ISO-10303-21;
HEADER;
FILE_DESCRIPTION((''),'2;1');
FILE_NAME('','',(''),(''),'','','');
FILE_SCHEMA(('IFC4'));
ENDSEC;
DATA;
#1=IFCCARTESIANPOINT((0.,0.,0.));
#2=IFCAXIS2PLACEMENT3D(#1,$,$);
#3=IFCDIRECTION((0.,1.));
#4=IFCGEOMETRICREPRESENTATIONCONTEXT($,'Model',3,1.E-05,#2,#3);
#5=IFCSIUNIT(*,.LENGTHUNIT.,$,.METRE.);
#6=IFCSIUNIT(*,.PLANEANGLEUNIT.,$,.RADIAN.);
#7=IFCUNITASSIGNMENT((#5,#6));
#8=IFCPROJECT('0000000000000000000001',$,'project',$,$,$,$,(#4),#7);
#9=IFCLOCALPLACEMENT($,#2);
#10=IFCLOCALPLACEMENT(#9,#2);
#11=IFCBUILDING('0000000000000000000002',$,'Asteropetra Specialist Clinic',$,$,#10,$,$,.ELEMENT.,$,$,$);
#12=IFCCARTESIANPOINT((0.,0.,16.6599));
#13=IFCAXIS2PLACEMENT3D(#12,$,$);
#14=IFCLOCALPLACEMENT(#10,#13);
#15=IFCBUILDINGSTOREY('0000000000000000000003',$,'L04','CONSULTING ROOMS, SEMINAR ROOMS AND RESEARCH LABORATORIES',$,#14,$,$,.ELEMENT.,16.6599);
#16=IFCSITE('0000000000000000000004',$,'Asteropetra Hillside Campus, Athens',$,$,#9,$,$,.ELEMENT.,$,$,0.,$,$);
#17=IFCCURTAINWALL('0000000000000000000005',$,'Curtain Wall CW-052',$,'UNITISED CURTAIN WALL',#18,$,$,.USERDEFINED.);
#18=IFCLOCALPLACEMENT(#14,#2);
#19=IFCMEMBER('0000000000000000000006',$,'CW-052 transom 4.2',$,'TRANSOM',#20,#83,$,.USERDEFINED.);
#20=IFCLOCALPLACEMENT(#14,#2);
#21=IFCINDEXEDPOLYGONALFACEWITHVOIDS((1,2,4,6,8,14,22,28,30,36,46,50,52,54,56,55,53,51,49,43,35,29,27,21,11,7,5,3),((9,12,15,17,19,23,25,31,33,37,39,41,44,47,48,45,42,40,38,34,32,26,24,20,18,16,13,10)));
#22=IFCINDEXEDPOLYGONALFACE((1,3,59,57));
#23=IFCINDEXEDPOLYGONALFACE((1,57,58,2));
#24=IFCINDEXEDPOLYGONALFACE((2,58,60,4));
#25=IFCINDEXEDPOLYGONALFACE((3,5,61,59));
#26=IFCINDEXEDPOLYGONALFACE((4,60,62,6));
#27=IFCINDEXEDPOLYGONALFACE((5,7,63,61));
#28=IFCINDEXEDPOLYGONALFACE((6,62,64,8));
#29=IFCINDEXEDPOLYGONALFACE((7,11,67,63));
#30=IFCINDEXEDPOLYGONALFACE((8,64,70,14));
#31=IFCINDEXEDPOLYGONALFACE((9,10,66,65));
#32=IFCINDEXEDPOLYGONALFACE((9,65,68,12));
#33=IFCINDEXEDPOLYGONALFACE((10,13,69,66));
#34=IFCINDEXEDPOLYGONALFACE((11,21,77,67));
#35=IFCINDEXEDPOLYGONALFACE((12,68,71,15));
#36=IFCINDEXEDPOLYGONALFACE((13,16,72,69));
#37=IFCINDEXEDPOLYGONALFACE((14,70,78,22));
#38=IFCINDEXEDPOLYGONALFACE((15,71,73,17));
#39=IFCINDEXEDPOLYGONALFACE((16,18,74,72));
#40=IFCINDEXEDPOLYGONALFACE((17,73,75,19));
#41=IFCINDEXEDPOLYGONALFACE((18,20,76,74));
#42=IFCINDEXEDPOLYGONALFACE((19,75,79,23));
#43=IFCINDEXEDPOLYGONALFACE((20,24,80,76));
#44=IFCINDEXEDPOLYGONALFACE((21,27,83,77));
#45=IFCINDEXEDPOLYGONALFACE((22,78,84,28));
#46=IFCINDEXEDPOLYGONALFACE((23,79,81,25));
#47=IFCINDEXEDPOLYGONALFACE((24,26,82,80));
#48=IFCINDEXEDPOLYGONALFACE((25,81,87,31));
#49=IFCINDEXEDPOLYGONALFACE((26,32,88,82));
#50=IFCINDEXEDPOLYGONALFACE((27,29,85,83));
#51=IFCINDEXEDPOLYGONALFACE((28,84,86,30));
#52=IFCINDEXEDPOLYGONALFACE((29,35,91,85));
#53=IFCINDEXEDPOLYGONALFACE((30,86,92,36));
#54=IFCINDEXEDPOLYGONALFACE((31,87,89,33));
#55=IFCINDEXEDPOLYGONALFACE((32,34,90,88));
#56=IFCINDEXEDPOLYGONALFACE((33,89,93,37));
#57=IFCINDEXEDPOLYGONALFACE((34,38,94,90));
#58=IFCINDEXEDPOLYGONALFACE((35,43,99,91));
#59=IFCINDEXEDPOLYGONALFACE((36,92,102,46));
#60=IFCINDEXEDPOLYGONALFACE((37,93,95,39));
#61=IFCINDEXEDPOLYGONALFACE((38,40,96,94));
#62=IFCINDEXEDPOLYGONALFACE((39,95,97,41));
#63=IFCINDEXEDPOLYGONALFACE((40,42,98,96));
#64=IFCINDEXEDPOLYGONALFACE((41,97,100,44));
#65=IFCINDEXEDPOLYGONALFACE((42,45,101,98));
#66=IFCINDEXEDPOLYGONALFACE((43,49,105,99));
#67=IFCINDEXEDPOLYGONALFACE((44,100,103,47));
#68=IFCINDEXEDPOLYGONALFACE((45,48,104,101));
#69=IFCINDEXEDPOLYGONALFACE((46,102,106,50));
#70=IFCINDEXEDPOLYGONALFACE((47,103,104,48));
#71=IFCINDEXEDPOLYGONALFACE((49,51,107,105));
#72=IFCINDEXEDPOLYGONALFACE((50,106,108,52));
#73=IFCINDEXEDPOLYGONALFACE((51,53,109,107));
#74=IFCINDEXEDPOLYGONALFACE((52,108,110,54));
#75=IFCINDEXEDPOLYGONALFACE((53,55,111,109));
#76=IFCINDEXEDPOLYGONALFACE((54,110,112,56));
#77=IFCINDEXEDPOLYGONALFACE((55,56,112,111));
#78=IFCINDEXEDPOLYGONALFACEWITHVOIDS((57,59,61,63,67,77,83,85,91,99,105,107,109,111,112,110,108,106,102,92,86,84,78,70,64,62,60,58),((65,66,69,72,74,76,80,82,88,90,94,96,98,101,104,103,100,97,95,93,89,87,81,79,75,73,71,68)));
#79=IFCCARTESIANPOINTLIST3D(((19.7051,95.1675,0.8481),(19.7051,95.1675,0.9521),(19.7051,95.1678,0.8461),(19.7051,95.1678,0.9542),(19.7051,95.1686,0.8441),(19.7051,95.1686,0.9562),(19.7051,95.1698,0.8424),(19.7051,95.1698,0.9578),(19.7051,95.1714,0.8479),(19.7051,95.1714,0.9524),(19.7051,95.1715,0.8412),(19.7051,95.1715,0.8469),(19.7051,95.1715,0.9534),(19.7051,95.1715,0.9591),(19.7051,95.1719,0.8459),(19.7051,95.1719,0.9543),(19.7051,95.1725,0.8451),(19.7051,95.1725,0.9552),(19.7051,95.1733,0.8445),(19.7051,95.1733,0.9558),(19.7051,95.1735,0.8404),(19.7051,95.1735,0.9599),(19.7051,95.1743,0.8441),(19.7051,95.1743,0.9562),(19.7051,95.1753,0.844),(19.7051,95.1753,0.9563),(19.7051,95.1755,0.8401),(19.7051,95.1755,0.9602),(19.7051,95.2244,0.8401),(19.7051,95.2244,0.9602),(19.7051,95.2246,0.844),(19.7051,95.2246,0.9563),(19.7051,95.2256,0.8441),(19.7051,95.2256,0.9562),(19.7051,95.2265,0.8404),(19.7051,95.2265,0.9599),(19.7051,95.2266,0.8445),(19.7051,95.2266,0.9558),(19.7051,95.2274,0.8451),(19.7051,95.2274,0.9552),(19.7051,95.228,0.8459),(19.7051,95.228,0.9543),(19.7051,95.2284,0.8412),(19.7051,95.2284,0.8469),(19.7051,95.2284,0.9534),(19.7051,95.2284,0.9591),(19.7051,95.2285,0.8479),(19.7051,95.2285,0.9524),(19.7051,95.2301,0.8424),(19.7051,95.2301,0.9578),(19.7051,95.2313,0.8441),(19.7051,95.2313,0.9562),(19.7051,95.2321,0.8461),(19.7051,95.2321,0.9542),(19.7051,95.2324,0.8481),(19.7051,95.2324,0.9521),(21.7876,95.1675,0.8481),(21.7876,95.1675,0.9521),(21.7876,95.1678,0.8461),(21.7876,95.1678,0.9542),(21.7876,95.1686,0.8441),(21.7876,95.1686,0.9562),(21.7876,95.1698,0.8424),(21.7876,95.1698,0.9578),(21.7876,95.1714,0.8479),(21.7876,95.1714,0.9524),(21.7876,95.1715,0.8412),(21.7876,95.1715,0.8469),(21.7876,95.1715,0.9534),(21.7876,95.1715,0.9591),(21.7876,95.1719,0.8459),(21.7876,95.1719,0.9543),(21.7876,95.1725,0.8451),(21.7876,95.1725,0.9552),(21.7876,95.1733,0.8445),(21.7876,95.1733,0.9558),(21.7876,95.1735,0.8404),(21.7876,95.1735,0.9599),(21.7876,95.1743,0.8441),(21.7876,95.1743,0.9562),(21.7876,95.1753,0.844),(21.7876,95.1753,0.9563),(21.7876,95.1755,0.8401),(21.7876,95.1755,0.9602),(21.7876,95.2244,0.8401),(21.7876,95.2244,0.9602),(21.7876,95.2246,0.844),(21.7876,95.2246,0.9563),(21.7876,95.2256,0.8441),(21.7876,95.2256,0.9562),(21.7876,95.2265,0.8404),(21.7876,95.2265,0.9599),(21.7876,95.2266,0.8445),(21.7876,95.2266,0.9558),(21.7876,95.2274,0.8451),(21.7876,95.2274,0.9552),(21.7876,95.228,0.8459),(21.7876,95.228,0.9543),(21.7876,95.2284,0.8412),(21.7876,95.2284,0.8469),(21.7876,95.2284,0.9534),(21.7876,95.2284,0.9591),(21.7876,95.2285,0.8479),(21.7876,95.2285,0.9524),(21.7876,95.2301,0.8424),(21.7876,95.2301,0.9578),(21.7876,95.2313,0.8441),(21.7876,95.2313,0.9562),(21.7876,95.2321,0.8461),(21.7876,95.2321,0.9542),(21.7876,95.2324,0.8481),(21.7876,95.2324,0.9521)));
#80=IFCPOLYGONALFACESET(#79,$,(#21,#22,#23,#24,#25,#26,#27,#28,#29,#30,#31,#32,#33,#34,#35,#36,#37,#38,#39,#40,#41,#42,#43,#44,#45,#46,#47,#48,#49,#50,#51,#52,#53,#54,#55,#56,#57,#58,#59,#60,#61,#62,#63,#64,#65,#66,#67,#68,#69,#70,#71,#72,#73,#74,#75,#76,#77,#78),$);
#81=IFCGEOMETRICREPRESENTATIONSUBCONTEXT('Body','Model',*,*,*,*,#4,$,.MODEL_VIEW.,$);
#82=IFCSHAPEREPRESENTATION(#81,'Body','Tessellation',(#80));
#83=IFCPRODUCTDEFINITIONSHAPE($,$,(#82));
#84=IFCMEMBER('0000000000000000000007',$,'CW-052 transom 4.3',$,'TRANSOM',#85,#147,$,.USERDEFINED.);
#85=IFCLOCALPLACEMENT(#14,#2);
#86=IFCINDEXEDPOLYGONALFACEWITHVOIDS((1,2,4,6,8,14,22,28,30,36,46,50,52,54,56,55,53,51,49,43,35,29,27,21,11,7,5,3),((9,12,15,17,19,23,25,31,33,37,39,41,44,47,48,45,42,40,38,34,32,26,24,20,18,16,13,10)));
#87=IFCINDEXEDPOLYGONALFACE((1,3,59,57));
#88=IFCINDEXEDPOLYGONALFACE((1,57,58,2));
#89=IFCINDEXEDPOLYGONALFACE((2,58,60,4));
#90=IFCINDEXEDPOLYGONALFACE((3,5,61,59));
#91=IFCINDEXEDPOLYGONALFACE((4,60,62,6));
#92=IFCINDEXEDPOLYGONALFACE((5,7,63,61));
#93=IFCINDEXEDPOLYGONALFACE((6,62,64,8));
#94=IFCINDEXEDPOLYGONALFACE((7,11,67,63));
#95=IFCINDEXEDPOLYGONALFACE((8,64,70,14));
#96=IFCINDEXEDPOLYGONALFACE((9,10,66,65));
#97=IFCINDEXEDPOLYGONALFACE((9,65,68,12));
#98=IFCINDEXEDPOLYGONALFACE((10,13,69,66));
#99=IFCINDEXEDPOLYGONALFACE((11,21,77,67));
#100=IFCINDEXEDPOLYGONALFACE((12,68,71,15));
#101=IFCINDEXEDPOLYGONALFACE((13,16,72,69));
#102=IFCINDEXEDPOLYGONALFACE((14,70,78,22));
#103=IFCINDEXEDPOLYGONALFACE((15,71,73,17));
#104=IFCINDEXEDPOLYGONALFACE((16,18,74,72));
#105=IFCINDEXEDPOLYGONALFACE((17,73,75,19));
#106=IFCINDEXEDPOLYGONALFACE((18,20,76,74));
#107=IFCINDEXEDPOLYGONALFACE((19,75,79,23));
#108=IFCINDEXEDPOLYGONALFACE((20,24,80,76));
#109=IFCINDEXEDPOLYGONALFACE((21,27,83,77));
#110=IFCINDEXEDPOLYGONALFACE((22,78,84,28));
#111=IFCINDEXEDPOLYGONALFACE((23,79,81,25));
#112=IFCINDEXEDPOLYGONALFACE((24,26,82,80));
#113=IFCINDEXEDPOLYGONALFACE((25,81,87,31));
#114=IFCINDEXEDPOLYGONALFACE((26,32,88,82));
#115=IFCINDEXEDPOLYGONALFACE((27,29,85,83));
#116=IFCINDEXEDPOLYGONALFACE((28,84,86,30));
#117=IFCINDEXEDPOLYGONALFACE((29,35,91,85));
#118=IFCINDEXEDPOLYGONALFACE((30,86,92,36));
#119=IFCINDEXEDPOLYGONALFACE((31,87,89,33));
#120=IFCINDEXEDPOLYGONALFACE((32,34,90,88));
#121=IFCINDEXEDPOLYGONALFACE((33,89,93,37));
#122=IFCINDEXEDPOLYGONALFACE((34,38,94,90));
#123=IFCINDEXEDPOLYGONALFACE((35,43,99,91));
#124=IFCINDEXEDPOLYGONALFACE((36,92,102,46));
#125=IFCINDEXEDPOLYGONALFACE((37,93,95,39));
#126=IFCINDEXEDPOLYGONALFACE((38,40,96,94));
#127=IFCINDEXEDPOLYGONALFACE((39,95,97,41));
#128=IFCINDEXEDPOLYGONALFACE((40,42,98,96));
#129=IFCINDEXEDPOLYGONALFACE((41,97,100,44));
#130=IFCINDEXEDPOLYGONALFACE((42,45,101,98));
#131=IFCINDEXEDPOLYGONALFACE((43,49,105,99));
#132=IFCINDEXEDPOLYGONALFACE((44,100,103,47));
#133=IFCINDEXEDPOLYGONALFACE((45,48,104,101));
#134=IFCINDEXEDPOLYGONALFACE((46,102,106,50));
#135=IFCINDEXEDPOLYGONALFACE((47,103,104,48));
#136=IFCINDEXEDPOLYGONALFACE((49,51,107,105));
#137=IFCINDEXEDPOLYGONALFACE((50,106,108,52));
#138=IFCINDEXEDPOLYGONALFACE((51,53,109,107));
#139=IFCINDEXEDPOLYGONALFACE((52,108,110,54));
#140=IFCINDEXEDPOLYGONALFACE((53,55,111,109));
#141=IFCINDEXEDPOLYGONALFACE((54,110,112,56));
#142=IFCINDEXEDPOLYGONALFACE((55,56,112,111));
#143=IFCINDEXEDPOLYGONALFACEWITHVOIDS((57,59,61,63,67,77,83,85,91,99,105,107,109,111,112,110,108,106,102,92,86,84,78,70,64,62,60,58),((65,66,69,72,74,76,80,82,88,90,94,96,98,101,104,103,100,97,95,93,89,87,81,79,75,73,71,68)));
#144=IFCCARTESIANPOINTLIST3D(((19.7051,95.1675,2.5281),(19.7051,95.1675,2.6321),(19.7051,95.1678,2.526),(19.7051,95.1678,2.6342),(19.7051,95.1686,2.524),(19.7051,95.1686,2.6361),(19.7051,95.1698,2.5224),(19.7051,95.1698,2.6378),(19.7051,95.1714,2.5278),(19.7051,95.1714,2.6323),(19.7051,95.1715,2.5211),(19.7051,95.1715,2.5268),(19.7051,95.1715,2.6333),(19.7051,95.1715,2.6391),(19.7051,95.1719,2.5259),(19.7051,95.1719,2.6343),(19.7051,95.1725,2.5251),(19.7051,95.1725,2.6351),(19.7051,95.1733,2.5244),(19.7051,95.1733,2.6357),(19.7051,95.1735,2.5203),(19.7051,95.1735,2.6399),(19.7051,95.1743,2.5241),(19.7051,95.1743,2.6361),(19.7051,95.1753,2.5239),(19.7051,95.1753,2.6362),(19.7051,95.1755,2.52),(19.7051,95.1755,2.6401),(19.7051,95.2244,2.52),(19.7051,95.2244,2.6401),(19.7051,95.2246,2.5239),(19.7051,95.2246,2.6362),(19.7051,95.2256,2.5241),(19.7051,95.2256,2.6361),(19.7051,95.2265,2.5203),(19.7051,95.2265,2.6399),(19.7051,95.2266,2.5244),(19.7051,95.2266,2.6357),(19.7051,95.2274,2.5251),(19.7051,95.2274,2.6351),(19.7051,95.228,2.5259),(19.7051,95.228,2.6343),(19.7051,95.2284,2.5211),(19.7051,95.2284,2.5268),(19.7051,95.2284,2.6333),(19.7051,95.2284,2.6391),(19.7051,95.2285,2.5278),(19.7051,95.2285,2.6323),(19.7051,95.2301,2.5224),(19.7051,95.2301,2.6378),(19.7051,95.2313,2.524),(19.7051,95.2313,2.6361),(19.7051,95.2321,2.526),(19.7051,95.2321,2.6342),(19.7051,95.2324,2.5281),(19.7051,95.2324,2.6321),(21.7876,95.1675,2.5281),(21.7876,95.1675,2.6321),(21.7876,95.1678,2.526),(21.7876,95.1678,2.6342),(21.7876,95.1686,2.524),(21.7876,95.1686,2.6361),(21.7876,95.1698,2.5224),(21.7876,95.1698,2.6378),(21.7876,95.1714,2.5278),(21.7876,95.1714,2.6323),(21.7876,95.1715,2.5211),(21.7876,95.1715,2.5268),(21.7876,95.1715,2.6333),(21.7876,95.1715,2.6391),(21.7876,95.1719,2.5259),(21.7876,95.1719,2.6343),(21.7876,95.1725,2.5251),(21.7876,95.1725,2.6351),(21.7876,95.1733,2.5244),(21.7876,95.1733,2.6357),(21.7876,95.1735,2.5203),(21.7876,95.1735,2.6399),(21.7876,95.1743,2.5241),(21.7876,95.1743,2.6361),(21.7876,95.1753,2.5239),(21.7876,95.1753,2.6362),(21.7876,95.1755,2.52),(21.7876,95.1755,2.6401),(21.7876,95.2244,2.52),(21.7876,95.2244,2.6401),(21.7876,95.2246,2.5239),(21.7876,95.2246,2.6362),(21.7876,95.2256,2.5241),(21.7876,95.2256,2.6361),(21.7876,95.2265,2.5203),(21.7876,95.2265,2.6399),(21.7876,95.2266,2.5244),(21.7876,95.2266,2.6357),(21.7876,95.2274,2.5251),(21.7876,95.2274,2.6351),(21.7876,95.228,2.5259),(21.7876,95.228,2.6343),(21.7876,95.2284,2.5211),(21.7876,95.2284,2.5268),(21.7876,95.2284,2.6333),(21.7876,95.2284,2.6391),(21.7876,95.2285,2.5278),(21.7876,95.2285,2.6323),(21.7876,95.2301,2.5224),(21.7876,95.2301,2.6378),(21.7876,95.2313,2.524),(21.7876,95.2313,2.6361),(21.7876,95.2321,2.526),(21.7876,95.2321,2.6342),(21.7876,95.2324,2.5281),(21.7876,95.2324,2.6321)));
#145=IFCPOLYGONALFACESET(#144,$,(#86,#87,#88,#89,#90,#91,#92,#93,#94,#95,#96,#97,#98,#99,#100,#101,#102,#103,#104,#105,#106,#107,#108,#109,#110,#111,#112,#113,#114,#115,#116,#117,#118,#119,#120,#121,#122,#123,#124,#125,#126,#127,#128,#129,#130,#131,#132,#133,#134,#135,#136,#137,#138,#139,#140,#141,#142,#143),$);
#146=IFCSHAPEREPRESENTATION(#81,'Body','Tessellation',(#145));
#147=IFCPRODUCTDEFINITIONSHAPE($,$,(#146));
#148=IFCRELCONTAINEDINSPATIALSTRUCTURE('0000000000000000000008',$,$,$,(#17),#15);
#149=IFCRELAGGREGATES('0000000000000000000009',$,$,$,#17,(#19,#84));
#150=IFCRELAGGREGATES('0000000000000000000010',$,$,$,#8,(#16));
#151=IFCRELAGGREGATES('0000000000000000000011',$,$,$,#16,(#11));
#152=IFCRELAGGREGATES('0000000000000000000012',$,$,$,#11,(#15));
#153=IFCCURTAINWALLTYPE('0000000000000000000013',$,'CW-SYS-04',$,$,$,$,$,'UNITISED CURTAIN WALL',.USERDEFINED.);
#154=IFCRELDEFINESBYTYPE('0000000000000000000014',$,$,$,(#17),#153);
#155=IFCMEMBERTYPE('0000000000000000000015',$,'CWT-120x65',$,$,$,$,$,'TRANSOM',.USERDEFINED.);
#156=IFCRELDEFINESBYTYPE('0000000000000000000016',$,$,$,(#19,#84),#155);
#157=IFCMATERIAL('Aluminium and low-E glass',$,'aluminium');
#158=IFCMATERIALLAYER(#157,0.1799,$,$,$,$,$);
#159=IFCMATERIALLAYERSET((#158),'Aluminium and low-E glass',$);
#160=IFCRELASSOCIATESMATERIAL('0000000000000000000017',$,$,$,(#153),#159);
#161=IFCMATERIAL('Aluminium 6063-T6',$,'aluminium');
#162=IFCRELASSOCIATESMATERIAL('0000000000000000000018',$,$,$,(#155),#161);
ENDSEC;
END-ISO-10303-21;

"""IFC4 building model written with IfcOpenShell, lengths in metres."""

from ifc_helpers import new_model, si_unit, direction, frame, origin, origin_2d, place, context, subcontext, project, spatial, hollow_rectangle, extrude, material, layer, layer_set, material_profile, profile_set, type_object, element, aggregate, save


model = new_model("IFC4")

# Units and contexts
model_context = context("Model", 3, precision=1e-05, world=origin(), true_north=direction((0.0, 1.0)))
body_context = subcontext(model_context, "Body", "Model", "MODEL_VIEW")
ifc_project = project(units=[si_unit("LENGTHUNIT", "METRE"), si_unit("PLANEANGLEUNIT", "RADIAN")], contexts=[model_context])

# Site, building, storey
site_placement = place(None, origin())
site = spatial("IfcSite", under=ifc_project, at=site_placement, Name="Asteropetra Hillside Campus, Athens", CompositionType="ELEMENT", RefElevation=0.0)
building_placement = place(site_placement, origin())
building = spatial("IfcBuilding", under=site, at=building_placement, Name="Asteropetra Specialist Clinic", CompositionType="ELEMENT")
storey_placement = place(building_placement, frame((0.0, 0.0, 16.6599)))
storey = spatial("IfcBuildingStorey", under=building, at=storey_placement, Name="L04", Description="CONSULTING ROOMS, SEMINAR ROOMS AND RESEARCH LABORATORIES", CompositionType="ELEMENT", Elevation=16.6599)

# Curtain wall
ifc_material_1 = material(Name="Aluminium and low-E glass", Category="aluminium")
ifc_layer_1 = layer(ifc_material_1, 0.1799)
ifc_layer_set_1 = layer_set([ifc_layer_1], Name="Aluminium and low-E glass")
curtain_wall_type_1 = type_object("IfcCurtainWallType", Name="CW-SYS-04", ElementType="UNITISED CURTAIN WALL", PredefinedType="USERDEFINED", material=ifc_layer_set_1)
curtain_wall_1_placement = place(storey_placement, origin())
curtain_wall_1 = element("IfcCurtainWall", 1, at=curtain_wall_1_placement, inside=storey, type_object=curtain_wall_type_1, Name="Curtain Wall CW-052", ObjectType="UNITISED CURTAIN WALL", PredefinedType="USERDEFINED")

# Members
ifc_material_2 = material(Name="Aluminium 6063-T6", Category="aluminium")
ifc_material_profile_1 = material_profile(ifc_material_2, hollow_rectangle(XDim=0.0649, YDim=0.1201, WallThickness=0.0039, InnerFilletRadius=0.0039, OuterFilletRadius=0.0081, at=origin_2d()), Name="TRN 120x65x4.0")
ifc_profile_set_1 = profile_set([ifc_material_profile_1], Name="Aluminium 6063-T6")
member_type_1 = type_object("IfcMemberType", Name="CWT-120x65", ElementType="TRANSOM", PredefinedType="USERDEFINED", material=ifc_profile_set_1)
member_1_placement = place(storey_placement, frame((21.7876, 95.2, 0.9001), z_axis=(-1.0, 0.0, 0.0), x_axis=(0.0, -1.0, 0.0)))
member_1 = element("IfcMember", 2, at=member_1_placement, type_object=member_type_1, Name="CW-052 transom 4.2", ObjectType="TRANSOM", PredefinedType="USERDEFINED", context=body_context, shape_type="SweptSolid", body=[
    extrude(hollow_rectangle(XDim=0.0649, YDim=0.1201, WallThickness=0.0039, InnerFilletRadius=0.0039, OuterFilletRadius=0.0081, at=origin_2d()), origin(), (0.0, 0.0, 1.0), 2.0825),
])
member_2_placement = place(storey_placement, frame((21.7876, 95.2, 2.5801), z_axis=(-1.0, 0.0, 0.0), x_axis=(0.0, -1.0, 0.0)))
member_2 = element("IfcMember", 3, at=member_2_placement, type_object=member_type_1, Name="CW-052 transom 4.3", ObjectType="TRANSOM", PredefinedType="USERDEFINED", context=body_context, shape_type="SweptSolid", body=[
    extrude(hollow_rectangle(XDim=0.0649, YDim=0.1201, WallThickness=0.0039, InnerFilletRadius=0.0039, OuterFilletRadius=0.0081, at=origin_2d()), origin(), (0.0, 0.0, 1.0), 2.0825),
])

aggregate(curtain_wall_1, [member_1, member_2])

save(model, "model.ifc")
